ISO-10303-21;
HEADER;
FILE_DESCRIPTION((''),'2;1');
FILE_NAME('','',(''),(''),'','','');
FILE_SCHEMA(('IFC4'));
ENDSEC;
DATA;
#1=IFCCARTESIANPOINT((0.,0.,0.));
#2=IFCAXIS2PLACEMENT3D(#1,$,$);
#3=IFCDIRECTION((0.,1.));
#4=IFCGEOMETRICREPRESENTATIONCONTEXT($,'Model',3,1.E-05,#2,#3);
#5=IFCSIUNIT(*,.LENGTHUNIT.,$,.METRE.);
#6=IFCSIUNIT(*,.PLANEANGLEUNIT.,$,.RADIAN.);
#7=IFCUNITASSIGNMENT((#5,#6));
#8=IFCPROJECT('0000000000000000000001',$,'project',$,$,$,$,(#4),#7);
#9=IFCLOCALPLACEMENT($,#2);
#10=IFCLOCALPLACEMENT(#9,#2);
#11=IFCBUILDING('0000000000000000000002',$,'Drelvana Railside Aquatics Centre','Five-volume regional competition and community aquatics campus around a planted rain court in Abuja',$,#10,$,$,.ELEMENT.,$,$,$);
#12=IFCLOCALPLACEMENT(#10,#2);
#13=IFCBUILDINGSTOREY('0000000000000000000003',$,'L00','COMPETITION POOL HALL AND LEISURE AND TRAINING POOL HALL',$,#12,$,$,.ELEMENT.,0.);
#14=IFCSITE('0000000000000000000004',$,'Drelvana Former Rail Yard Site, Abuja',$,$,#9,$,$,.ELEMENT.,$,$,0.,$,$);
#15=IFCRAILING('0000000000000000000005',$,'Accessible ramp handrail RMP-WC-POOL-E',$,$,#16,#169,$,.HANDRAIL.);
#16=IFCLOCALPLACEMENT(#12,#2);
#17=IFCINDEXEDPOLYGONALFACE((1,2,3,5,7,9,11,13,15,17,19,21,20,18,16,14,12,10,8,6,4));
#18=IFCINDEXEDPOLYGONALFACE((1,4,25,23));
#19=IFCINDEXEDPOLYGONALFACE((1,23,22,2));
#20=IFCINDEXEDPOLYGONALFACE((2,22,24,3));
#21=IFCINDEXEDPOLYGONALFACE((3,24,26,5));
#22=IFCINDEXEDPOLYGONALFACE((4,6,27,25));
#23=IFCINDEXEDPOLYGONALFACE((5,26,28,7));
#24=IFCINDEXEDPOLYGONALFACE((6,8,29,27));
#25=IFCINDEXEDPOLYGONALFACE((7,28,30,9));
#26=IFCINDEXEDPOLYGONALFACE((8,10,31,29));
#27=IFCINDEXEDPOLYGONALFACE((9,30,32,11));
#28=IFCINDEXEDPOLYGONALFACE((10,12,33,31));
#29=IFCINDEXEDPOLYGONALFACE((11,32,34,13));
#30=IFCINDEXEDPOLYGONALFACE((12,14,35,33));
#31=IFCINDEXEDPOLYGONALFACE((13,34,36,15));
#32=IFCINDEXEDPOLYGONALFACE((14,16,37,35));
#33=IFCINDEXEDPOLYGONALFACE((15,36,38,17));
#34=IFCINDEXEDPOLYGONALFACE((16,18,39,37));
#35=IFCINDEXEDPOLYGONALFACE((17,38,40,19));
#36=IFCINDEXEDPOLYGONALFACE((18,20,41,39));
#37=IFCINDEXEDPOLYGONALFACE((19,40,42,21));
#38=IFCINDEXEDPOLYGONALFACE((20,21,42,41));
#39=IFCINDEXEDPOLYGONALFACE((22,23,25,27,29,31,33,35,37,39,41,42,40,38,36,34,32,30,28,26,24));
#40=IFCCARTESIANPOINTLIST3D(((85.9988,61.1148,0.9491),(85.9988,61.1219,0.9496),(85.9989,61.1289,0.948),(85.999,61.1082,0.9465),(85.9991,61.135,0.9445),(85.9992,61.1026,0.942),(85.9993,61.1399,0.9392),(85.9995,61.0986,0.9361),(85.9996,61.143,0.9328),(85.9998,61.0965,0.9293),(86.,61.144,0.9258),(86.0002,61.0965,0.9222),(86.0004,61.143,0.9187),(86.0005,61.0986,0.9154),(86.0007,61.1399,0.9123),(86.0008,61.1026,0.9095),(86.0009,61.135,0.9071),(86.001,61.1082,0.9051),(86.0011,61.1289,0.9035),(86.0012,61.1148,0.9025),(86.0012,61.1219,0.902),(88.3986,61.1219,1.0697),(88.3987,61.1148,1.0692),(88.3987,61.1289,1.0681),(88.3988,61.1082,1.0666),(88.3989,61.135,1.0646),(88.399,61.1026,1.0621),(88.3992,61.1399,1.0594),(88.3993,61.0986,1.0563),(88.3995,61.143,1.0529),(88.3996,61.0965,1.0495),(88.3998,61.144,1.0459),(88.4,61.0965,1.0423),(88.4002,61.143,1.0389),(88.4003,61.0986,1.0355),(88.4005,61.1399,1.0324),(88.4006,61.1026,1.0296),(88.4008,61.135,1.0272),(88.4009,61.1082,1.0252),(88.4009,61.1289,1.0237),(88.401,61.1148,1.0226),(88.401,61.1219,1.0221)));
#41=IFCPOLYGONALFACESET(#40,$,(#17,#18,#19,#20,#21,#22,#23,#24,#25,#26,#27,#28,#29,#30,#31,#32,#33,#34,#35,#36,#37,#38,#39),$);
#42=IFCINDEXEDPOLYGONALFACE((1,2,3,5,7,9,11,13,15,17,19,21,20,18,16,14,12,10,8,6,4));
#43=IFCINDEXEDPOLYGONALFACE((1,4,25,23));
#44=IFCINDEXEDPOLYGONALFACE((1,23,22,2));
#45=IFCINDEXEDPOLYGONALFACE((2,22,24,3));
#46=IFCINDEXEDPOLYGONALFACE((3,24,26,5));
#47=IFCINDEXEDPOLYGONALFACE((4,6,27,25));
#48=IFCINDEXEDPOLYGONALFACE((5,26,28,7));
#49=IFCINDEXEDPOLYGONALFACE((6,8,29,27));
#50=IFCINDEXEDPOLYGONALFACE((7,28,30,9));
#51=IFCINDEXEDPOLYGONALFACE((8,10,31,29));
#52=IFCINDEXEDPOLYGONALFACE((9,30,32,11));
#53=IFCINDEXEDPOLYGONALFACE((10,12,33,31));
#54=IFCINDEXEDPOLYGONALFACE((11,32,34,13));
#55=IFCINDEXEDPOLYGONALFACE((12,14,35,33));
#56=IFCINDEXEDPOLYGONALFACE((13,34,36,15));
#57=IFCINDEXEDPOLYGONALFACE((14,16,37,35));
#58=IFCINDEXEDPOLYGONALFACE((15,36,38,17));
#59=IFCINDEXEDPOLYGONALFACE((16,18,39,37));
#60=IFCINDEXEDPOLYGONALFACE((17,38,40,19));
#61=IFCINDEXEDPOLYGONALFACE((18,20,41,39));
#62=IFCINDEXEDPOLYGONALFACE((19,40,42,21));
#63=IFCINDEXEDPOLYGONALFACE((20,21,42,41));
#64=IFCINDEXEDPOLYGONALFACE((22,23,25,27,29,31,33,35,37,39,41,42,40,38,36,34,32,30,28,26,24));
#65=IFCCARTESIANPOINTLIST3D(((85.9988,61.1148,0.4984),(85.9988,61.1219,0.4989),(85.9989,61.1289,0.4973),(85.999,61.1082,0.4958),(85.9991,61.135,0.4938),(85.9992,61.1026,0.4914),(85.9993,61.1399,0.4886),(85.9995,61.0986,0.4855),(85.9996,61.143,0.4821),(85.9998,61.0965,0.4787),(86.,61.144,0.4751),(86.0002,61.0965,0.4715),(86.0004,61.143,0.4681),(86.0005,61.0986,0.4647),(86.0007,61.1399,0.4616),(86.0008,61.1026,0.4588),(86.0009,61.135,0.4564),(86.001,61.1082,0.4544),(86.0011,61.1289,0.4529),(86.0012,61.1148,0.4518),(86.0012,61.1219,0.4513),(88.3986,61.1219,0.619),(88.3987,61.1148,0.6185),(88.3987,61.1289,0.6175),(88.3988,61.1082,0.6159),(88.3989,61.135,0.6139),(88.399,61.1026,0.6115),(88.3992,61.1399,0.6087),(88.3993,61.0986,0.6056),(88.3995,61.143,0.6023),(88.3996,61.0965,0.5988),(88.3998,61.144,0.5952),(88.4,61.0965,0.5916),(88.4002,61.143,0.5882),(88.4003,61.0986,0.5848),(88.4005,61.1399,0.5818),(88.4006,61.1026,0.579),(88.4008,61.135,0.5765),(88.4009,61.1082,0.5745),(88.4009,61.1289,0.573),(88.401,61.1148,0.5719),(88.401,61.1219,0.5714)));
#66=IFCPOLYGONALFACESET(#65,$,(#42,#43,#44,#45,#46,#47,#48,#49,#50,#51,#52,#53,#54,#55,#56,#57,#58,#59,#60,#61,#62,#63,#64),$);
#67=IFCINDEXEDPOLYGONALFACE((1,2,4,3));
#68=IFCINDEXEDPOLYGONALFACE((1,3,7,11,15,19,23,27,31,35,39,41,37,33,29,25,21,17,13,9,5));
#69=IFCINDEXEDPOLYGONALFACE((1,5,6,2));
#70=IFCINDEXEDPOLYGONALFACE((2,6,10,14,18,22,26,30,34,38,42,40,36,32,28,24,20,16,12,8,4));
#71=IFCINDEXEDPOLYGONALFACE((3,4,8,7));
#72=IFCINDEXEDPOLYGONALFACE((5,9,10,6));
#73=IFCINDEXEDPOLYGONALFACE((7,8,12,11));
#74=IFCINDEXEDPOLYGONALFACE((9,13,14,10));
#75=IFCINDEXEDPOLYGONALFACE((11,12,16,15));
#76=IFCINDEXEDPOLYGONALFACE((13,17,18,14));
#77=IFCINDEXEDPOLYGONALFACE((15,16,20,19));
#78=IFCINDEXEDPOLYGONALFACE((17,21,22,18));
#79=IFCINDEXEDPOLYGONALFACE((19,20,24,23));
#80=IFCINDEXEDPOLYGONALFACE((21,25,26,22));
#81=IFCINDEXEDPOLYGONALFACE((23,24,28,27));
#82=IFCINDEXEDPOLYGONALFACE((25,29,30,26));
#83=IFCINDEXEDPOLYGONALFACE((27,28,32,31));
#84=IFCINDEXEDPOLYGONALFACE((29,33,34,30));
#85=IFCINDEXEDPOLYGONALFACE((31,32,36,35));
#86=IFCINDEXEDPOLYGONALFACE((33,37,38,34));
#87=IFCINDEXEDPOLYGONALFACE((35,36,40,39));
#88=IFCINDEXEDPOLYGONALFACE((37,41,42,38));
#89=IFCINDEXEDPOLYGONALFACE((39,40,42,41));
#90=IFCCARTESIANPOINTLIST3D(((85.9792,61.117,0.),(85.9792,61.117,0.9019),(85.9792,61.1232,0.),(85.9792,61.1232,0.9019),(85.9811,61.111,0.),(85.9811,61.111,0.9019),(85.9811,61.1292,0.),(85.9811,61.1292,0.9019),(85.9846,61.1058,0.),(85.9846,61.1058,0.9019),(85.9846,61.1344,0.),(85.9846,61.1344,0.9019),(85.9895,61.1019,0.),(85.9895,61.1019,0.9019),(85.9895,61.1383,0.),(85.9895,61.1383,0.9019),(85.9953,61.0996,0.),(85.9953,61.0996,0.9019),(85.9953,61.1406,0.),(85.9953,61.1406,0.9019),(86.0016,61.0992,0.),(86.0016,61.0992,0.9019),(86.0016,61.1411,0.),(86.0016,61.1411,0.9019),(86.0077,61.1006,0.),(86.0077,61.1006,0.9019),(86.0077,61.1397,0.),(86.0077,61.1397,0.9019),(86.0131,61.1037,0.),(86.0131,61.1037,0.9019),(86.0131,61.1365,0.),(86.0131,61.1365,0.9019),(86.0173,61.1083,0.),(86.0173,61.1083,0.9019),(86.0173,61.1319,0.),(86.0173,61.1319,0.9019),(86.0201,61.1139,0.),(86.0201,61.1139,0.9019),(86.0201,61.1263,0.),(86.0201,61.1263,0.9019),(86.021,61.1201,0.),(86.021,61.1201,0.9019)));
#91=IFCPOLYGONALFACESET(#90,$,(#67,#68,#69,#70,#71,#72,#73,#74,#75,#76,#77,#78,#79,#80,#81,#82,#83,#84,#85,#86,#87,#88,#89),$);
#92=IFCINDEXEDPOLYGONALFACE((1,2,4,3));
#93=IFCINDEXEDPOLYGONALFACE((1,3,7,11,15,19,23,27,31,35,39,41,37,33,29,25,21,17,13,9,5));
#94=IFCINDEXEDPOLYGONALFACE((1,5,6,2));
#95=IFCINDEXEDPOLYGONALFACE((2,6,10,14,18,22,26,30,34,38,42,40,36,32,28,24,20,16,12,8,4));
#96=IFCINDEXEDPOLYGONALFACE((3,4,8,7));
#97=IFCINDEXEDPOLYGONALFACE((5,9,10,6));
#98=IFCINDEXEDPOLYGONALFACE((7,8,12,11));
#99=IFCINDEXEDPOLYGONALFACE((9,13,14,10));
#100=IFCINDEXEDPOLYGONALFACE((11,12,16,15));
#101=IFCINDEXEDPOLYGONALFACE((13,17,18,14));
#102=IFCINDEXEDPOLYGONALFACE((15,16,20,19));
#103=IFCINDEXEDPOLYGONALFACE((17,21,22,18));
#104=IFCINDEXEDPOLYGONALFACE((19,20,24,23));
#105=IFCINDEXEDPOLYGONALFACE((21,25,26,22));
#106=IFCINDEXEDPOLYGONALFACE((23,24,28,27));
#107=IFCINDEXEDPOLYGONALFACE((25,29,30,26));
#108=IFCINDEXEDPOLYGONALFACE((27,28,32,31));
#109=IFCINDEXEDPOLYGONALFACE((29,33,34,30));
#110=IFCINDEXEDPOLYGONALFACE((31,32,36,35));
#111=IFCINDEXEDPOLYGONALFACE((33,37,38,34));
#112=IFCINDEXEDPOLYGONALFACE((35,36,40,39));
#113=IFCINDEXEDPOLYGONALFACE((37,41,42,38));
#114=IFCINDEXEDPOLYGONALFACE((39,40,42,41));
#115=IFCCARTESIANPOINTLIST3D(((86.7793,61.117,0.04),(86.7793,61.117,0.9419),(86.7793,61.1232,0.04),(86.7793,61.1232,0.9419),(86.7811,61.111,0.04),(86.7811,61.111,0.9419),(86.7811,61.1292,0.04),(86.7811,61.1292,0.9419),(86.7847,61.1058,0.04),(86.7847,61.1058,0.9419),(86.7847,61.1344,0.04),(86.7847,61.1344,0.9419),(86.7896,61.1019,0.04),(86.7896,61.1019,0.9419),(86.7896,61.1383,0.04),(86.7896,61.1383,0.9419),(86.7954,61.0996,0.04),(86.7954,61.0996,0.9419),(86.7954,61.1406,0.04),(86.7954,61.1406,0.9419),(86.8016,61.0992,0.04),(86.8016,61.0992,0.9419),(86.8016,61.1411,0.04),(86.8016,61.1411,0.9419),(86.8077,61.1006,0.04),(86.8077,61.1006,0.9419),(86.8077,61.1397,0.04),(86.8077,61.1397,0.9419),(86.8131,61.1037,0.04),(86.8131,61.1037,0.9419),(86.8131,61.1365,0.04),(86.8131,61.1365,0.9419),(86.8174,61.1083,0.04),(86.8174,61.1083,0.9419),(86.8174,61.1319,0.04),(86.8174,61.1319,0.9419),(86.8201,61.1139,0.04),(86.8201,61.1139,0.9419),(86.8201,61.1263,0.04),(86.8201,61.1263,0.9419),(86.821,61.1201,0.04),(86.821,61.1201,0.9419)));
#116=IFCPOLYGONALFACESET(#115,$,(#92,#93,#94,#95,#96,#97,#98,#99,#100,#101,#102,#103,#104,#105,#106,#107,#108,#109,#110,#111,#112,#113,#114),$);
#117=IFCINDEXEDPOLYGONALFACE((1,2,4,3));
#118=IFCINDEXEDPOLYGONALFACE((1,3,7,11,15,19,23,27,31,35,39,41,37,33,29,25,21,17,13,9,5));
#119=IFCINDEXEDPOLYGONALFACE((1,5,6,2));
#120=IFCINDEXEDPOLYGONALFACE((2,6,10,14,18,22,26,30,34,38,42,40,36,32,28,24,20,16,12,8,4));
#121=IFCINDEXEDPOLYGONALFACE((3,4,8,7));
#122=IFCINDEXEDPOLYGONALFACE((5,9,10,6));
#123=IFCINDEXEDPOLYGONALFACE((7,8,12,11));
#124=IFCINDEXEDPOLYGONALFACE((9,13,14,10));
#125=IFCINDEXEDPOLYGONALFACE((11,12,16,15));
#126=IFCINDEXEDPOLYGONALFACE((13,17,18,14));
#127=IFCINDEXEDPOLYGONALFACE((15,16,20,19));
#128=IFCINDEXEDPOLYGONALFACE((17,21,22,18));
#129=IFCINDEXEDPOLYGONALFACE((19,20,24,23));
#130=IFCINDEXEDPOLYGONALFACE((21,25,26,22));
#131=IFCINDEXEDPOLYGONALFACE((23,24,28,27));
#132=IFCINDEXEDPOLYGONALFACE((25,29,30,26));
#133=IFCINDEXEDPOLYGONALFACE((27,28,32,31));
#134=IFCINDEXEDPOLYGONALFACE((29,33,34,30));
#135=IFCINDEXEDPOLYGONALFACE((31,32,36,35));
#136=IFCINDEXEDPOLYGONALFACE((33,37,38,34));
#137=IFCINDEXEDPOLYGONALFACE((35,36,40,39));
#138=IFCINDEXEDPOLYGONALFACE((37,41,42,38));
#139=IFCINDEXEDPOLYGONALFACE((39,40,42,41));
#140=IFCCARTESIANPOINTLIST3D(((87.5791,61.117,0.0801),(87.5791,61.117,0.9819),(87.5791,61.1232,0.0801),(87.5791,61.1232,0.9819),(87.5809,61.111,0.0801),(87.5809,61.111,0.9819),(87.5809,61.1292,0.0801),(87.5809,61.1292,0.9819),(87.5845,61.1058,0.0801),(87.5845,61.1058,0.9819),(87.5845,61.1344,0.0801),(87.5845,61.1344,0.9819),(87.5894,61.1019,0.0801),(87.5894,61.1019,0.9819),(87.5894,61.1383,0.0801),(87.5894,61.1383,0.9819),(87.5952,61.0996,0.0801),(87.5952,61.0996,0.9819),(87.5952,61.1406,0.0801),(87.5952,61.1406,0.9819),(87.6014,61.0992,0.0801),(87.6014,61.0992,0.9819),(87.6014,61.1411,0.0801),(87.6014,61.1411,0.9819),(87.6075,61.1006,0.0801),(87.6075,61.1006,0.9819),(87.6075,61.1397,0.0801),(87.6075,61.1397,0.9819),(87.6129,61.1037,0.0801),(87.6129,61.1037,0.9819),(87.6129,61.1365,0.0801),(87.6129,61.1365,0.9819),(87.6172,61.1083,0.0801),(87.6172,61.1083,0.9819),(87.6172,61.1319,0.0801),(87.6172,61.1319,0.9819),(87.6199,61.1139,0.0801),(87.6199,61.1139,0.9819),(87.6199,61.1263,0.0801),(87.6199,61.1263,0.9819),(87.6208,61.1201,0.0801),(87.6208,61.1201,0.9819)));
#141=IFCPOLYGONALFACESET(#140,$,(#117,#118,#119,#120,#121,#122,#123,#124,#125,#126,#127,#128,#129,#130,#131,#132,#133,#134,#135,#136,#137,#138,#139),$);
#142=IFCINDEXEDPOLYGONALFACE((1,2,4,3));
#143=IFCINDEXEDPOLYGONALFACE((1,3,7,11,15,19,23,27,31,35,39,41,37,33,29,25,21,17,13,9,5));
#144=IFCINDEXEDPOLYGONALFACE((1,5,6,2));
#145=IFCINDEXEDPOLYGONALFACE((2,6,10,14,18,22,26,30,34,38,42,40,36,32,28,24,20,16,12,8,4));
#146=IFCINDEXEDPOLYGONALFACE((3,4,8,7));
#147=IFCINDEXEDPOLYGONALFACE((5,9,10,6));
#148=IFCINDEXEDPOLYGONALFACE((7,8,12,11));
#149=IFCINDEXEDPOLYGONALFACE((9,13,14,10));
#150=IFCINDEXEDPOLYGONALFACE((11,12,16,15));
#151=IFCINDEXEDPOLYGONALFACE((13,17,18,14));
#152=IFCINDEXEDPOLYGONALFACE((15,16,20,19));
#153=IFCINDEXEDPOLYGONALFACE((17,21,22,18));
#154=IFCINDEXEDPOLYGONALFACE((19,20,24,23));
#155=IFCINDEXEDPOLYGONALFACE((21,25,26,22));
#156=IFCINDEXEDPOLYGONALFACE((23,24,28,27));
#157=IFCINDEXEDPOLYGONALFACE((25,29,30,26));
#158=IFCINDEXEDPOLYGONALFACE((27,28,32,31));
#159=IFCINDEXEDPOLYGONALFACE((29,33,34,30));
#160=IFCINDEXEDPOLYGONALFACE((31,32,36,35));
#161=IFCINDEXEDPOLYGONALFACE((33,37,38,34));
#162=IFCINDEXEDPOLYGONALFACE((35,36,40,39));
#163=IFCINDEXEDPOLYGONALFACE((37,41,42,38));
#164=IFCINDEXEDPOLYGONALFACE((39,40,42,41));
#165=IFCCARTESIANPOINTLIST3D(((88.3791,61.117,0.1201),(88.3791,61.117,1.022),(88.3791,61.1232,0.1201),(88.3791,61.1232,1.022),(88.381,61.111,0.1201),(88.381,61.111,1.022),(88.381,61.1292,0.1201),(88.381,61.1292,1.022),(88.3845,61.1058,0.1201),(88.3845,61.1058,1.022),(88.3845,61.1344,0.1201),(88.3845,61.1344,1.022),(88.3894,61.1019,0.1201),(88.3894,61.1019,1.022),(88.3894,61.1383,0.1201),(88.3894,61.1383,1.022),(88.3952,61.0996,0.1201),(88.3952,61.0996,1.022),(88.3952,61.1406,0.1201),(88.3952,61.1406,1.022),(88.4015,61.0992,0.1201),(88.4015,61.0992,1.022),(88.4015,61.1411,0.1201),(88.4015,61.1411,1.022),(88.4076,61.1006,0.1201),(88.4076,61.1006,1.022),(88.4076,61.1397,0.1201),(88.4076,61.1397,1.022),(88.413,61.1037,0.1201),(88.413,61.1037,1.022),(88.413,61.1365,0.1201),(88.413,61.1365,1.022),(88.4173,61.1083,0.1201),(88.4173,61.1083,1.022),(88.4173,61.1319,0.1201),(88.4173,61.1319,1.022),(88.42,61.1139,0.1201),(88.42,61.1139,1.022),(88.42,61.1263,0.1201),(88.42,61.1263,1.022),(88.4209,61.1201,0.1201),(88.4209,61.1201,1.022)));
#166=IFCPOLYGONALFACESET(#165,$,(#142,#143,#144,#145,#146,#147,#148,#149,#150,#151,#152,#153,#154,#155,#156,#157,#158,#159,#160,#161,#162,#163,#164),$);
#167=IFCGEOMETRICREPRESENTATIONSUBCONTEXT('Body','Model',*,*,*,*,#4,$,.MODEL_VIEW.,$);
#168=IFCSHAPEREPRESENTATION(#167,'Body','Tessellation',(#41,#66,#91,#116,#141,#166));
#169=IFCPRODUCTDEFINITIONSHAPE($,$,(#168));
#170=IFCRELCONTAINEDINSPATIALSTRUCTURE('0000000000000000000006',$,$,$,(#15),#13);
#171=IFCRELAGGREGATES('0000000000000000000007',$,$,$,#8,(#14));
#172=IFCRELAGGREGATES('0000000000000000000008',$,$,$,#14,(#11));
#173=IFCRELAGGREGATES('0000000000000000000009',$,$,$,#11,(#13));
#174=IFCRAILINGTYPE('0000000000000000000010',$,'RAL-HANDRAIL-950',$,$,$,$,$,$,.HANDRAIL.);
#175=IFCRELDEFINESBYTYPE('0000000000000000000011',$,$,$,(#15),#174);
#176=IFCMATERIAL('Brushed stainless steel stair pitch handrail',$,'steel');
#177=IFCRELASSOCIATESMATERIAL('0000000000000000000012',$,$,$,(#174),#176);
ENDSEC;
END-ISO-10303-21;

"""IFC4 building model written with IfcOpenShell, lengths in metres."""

from ifc_helpers import new_model, si_unit, direction, frame, origin, origin_2d, place, context, subcontext, project, spatial, circle, extrude, material, type_object, element, save


model = new_model("IFC4")

# Units and contexts
model_context = context("Model", 3, precision=1e-05, world=origin(), true_north=direction((0.0, 1.0)))
body_context = subcontext(model_context, "Body", "Model", "MODEL_VIEW")
ifc_project = project(units=[si_unit("LENGTHUNIT", "METRE"), si_unit("PLANEANGLEUNIT", "RADIAN")], contexts=[model_context])

# Site, building, storey
site_placement = place(None, origin())
site = spatial("IfcSite", under=ifc_project, at=site_placement, Name="Drelvana Former Rail Yard Site, Abuja", CompositionType="ELEMENT", RefElevation=0.0)
building_placement = place(site_placement, origin())
building = spatial("IfcBuilding", under=site, at=building_placement, Name="Drelvana Railside Aquatics Centre", Description="Five-volume regional competition and community aquatics campus around a planted rain court in Abuja", CompositionType="ELEMENT")
storey_placement = place(building_placement, origin())
storey = spatial("IfcBuildingStorey", under=building, at=storey_placement, Name="L00", Description="COMPETITION POOL HALL AND LEISURE AND TRAINING POOL HALL", CompositionType="ELEMENT", Elevation=0.0)

# Railing
ifc_material_1 = material(Name="Brushed stainless steel stair pitch handrail", Category="steel")
railing_type = type_object("IfcRailingType", Name="RAL-HANDRAIL-950", PredefinedType="HANDRAIL", material=ifc_material_1)
for number, where, name in (
    (1, (86.0, 61.1201, 0.0), "Accessible ramp handrail RMP-WC-POOL-E"),
):
    element("IfcRailing", number, at=place(storey_placement, frame(where)), inside=storey, type_object=railing_type, Name=name, PredefinedType="HANDRAIL", context=body_context, shape_type="SweptSolid", body=[
        extrude(circle(Radius=0.0239, at=origin_2d()), frame((0.0, 0.0, 0.9258), z_axis=(0.99875, 0.0, 0.049988), x_axis=(0.0, 1.0, 0.0)), (0.0, 0.0, 1.0), 2.4028),
        extrude(circle(Radius=0.0239, at=origin_2d()), frame((0.0, 0.0, 0.4751), z_axis=(0.99875, 0.0, 0.049988), x_axis=(0.0, 1.0, 0.0)), (0.0, 0.0, 1.0), 2.4028),
        extrude(circle(Radius=0.021, at=origin_2d()), origin(), (0.0, 0.0, 1.0), 0.9019),
        extrude(circle(Radius=0.021, at=origin_2d()), frame((0.8, 0.0, 0.04)), (0.0, 0.0, 1.0), 0.9019),
        extrude(circle(Radius=0.021, at=origin_2d()), frame((1.5999, 0.0, 0.0801)), (0.0, 0.0, 1.0), 0.9019),
        extrude(circle(Radius=0.021, at=origin_2d()), frame((2.3999, 0.0, 0.1201)), (0.0, 0.0, 1.0), 0.9019),
    ])

save(model, "model.ifc")
